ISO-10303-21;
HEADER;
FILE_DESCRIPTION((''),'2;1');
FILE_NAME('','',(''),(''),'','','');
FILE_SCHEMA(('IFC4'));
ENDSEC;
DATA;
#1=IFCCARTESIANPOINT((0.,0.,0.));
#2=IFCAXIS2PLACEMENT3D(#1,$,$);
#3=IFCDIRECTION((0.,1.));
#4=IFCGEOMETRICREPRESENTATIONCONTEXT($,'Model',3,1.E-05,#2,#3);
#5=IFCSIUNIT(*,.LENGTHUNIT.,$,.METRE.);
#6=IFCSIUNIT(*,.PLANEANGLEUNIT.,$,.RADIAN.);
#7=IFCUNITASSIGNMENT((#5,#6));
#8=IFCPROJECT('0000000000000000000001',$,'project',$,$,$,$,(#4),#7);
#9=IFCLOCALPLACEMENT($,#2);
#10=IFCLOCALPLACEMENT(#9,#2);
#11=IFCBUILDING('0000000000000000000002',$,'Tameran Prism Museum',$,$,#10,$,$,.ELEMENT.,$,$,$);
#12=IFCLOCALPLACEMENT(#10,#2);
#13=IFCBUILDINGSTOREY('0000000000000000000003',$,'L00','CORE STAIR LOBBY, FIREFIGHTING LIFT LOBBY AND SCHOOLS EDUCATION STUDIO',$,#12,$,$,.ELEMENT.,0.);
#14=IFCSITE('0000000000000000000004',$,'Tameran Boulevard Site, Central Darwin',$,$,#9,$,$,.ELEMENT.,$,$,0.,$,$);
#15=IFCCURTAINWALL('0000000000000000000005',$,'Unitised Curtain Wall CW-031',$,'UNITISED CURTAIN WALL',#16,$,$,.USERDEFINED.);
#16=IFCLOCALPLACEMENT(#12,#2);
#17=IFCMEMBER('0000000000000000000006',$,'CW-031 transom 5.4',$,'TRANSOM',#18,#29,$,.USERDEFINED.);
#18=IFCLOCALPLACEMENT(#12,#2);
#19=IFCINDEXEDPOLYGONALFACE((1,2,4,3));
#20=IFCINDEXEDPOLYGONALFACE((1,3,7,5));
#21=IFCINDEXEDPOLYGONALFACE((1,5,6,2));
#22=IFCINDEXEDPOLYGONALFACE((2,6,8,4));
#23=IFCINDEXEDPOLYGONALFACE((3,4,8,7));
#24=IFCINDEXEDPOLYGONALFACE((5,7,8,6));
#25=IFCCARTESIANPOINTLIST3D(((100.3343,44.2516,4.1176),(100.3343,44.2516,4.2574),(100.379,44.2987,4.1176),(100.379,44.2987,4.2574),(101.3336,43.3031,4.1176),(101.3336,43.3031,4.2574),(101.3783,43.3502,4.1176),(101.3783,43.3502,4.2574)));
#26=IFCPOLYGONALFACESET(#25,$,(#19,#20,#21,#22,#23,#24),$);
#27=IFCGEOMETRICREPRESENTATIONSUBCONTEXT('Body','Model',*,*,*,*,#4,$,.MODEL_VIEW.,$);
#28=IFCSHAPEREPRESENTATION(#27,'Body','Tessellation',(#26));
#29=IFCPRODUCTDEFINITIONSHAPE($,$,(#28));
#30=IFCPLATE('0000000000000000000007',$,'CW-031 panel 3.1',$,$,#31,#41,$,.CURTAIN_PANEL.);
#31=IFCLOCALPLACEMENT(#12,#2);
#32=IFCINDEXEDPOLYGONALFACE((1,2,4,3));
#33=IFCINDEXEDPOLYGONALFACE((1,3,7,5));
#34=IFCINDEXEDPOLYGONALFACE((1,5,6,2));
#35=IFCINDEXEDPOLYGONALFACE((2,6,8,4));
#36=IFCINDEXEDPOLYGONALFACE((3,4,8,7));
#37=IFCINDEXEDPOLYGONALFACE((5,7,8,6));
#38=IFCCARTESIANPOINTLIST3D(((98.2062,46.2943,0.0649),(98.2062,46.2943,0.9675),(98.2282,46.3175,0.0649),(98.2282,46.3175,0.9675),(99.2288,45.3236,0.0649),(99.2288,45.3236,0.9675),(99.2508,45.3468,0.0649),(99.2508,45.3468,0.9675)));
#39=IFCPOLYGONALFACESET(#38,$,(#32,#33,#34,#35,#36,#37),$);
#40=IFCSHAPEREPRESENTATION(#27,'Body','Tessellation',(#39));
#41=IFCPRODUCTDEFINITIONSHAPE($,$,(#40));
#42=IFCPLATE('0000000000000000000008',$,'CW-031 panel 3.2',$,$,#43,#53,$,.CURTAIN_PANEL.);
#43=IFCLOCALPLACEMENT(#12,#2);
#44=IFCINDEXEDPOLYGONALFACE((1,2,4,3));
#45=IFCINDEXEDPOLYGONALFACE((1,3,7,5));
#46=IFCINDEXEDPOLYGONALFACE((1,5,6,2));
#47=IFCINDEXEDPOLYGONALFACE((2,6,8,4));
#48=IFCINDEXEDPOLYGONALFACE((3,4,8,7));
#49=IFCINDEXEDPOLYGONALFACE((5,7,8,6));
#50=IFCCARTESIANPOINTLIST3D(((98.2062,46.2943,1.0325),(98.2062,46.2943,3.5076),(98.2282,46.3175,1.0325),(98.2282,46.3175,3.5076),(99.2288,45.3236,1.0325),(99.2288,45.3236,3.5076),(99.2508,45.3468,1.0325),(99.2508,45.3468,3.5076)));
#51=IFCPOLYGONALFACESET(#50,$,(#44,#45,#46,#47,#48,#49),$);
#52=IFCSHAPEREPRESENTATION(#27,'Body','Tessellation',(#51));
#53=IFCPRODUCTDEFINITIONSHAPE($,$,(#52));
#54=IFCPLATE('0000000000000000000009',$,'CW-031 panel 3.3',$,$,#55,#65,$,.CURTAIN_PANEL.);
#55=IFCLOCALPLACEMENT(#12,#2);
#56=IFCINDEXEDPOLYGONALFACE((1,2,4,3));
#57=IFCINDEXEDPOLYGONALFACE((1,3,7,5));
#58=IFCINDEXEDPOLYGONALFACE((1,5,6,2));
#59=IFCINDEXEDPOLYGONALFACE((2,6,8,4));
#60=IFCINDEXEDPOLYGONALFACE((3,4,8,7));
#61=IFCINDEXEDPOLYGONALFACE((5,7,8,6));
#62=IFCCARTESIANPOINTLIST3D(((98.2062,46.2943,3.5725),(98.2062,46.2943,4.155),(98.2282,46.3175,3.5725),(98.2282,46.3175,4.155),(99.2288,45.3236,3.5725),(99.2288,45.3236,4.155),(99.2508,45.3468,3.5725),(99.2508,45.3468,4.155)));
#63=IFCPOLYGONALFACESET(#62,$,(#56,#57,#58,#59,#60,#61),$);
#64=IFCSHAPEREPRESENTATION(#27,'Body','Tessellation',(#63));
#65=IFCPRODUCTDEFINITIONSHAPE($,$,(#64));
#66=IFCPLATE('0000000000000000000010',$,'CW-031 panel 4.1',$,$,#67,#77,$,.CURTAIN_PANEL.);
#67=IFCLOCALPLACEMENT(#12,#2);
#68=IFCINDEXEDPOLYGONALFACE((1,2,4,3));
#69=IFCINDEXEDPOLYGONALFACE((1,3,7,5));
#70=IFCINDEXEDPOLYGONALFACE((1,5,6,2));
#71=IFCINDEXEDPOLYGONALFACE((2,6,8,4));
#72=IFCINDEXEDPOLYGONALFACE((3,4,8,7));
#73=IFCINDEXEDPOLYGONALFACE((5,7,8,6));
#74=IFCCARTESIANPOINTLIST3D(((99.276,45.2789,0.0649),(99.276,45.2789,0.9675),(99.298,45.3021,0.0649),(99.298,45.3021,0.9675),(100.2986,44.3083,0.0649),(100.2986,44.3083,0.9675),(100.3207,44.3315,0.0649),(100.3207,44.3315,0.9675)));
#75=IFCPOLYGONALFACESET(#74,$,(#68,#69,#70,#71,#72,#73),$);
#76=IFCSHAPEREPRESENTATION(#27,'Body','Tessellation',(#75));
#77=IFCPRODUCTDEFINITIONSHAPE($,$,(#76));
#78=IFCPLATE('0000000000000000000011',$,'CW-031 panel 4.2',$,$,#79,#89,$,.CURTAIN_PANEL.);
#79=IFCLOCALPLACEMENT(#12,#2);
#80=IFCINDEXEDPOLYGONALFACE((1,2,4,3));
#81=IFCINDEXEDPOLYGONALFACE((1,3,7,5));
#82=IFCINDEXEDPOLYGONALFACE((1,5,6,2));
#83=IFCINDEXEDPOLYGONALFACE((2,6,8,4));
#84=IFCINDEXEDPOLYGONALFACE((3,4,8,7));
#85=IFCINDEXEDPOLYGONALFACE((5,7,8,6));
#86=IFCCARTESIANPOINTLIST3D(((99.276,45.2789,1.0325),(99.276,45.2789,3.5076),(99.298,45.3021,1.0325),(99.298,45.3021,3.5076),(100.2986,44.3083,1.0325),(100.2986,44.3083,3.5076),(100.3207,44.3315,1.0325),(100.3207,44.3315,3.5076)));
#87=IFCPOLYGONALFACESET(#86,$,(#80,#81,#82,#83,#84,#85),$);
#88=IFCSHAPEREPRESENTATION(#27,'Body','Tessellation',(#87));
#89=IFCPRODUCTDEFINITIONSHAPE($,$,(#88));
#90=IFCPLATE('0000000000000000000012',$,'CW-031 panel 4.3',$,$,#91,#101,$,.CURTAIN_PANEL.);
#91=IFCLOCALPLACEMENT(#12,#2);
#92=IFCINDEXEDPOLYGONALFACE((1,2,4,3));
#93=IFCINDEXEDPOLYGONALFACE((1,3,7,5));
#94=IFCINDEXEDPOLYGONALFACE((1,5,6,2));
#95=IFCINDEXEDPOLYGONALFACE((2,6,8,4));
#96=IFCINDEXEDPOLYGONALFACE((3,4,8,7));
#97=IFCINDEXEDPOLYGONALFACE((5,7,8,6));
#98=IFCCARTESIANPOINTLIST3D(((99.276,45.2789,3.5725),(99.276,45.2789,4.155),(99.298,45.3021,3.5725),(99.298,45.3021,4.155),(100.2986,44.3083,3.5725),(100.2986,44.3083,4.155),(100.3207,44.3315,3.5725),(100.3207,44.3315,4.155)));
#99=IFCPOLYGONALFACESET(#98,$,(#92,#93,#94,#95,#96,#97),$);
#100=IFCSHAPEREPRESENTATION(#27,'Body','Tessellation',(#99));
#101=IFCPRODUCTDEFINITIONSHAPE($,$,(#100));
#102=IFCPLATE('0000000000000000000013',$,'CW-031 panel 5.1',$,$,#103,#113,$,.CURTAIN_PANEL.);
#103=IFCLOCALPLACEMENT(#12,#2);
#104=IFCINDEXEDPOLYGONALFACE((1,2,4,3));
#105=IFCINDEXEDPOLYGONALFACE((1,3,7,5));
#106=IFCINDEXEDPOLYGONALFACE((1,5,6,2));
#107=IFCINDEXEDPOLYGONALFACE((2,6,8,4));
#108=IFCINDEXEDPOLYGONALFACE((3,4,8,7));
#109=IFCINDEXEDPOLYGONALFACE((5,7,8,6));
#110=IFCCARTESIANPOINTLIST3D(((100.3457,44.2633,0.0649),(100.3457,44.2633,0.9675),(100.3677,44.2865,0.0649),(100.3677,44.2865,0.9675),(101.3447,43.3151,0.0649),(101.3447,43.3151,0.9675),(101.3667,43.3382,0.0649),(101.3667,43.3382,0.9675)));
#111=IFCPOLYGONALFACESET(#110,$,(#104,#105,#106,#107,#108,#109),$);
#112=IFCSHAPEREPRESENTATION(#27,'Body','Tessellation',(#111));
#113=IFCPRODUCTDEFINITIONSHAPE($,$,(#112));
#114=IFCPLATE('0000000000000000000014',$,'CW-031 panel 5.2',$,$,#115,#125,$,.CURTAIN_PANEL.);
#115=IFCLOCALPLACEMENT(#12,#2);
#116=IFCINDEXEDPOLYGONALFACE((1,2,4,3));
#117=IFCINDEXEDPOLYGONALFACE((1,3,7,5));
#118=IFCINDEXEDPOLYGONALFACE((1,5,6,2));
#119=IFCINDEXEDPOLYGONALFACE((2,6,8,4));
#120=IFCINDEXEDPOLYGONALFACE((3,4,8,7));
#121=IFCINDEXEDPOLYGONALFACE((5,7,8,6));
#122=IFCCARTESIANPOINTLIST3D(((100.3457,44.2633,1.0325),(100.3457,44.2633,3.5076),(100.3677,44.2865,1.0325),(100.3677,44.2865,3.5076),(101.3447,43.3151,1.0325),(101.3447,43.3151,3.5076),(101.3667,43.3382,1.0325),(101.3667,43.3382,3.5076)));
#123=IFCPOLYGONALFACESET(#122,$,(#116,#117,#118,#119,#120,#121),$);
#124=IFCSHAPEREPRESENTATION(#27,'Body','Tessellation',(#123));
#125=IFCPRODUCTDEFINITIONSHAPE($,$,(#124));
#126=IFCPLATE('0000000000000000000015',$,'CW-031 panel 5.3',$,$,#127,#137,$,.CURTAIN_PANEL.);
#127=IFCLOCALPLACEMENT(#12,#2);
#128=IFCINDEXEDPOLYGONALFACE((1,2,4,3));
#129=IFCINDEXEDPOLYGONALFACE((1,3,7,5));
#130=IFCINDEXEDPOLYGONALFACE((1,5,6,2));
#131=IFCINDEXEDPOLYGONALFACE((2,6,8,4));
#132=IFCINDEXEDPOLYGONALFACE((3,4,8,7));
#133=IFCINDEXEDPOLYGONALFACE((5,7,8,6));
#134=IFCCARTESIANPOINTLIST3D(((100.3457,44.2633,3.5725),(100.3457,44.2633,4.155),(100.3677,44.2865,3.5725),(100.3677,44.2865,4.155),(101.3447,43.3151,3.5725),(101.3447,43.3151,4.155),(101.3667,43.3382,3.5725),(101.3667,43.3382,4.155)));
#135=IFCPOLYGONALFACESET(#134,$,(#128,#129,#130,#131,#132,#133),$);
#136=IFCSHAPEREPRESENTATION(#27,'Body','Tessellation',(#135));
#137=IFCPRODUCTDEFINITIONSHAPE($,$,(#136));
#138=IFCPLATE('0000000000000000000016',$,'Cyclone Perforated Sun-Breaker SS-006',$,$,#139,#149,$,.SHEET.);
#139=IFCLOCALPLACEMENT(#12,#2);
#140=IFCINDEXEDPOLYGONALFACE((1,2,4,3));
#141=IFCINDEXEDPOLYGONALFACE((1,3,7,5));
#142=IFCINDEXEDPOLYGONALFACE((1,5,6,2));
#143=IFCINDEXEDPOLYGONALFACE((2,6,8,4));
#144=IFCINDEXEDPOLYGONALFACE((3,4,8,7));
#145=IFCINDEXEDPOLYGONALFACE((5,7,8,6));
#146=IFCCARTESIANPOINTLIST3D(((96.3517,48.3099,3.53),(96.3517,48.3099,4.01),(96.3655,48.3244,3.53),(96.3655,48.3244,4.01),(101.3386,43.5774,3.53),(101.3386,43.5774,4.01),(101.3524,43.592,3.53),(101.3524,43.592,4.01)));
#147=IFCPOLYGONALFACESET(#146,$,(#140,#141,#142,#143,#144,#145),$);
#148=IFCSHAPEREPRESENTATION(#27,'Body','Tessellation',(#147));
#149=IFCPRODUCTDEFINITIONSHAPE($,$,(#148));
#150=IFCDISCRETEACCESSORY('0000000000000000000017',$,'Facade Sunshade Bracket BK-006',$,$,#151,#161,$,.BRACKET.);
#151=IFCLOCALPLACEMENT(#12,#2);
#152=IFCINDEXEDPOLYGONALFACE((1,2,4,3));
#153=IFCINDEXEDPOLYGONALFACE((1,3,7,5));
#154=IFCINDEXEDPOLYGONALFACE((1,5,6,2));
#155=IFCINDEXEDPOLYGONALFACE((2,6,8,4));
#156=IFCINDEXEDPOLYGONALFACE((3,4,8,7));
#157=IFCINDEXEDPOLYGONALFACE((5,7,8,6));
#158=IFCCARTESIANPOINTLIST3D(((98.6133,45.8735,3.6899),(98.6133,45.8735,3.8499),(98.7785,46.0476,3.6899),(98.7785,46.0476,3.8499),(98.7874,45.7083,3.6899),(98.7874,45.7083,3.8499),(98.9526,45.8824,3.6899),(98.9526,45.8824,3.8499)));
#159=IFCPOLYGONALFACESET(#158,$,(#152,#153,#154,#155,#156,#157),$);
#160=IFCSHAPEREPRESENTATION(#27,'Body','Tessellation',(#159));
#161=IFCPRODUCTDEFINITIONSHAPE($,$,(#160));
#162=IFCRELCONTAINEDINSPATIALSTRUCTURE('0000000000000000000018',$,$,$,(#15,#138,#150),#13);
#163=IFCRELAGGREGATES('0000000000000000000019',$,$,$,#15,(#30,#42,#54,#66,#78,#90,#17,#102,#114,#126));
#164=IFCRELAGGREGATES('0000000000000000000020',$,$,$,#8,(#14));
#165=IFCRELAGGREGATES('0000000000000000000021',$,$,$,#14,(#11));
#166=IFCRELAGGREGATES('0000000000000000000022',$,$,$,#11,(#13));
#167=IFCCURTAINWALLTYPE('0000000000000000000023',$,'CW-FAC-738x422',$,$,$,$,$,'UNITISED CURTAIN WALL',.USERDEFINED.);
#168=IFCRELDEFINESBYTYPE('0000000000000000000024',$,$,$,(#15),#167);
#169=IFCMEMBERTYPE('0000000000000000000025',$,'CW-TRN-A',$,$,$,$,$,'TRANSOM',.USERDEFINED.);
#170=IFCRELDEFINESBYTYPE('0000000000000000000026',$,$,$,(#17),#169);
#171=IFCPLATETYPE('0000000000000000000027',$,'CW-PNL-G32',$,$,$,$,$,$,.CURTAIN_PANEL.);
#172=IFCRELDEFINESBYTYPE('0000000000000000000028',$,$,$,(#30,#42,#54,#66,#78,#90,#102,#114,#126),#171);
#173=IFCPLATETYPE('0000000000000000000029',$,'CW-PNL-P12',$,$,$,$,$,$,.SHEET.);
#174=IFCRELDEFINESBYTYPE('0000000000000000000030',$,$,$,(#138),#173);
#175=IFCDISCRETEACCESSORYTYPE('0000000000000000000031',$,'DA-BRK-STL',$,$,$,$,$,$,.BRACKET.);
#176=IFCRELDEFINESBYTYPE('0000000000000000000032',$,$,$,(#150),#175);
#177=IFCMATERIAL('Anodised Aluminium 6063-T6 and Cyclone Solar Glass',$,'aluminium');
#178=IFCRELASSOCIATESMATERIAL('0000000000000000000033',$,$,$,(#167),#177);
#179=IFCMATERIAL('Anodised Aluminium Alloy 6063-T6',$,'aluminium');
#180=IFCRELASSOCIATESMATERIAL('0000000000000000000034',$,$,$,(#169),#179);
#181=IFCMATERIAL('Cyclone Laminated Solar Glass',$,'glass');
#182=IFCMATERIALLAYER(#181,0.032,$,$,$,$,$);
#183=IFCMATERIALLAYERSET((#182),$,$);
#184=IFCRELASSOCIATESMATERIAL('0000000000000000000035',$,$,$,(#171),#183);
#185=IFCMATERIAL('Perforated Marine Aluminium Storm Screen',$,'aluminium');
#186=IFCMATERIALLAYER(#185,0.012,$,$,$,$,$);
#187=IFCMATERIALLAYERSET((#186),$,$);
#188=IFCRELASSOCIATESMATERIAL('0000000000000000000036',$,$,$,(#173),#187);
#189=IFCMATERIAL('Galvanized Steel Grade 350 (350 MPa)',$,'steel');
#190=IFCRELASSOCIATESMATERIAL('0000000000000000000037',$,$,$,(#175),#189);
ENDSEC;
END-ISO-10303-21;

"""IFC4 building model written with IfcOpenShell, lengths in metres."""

from ifc_helpers import new_model, si_unit, direction, frame, origin, origin_2d, place, context, subcontext, project, spatial, rectangle, extrude, material, layer, layer_set, material_profile, profile_set, type_object, element, aggregate, save


model = new_model("IFC4")

# Units and contexts
model_context = context("Model", 3, precision=1e-05, world=origin(), true_north=direction((0.0, 1.0)))
body_context = subcontext(model_context, "Body", "Model", "MODEL_VIEW")
ifc_project = project(units=[si_unit("LENGTHUNIT", "METRE"), si_unit("PLANEANGLEUNIT", "RADIAN")], contexts=[model_context])

# Site, building, storey
site_placement = place(None, origin())
site = spatial("IfcSite", under=ifc_project, at=site_placement, Name="Tameran Boulevard Site, Central Darwin", CompositionType="ELEMENT", RefElevation=0.0)
building_placement = place(site_placement, origin())
building = spatial("IfcBuilding", under=site, at=building_placement, Name="Tameran Prism Museum", CompositionType="ELEMENT")
storey_placement = place(building_placement, origin())
storey = spatial("IfcBuildingStorey", under=building, at=storey_placement, Name="L00", Description="CORE STAIR LOBBY, FIREFIGHTING LIFT LOBBY AND SCHOOLS EDUCATION STUDIO", CompositionType="ELEMENT", Elevation=0.0)

# Curtain wall, member, plates
ifc_material_1 = material(Name="Anodised Aluminium 6063-T6 and Cyclone Solar Glass", Category="aluminium")
curtain_wall_type = type_object("IfcCurtainWallType", Name="CW-FAC-738x422", ElementType="UNITISED CURTAIN WALL", PredefinedType="USERDEFINED", material=ifc_material_1)
curtain_wall_placement = place(storey_placement, origin())
curtain_wall = element("IfcCurtainWall", 1, at=curtain_wall_placement, inside=storey, type_object=curtain_wall_type, Name="Unitised Curtain Wall CW-031", ObjectType="UNITISED CURTAIN WALL", PredefinedType="USERDEFINED")
ifc_material_2 = material(Name="Anodised Aluminium Alloy 6063-T6", Category="aluminium")
ifc_material_profile_1 = material_profile(ifc_material_2, rectangle(XDim=0.0649, YDim=0.1399, at=origin_2d()))
ifc_profile_set_1 = profile_set([ifc_material_profile_1])
member_type_1 = type_object("IfcMemberType", Name="CW-TRN-A", ElementType="TRANSOM", PredefinedType="USERDEFINED", material=ifc_profile_set_1)
member_1_placement = place(storey_placement, frame((100.3567, 44.2751, 4.1875), z_axis=(0.725296, -0.688437, 0.0), x_axis=(0.688437, 0.725296, 0.0)))
member_1 = element("IfcMember", 2, at=member_1_placement, type_object=member_type_1, Name="CW-031 transom 5.4", ObjectType="TRANSOM", PredefinedType="USERDEFINED", context=body_context, shape_type="SweptSolid", body=[
    extrude(rectangle(XDim=0.0649, YDim=0.1399, at=origin_2d()), origin(), (0.0, 0.0, 1.0), 1.3777),
])
ifc_material_3 = material(Name="Cyclone Laminated Solar Glass", Category="glass")
ifc_layer_1 = layer(ifc_material_3, 0.032)
ifc_layer_set_1 = layer_set([ifc_layer_1])
plate_type_1 = type_object("IfcPlateType", Name="CW-PNL-G32", PredefinedType="CURTAIN_PANEL", material=ifc_layer_set_1)
plate_1_placement = place(storey_placement, frame((98.7285, 45.8206, 0.0649), z_axis=(0.0, 0.0, 1.0), x_axis=(0.725307, -0.688425, 0.0)))
plate_1 = element("IfcPlate", 3, at=plate_1_placement, type_object=plate_type_1, Name="CW-031 panel 3.1", PredefinedType="CURTAIN_PANEL", context=body_context, shape_type="SweptSolid", body=[
    extrude(rectangle(XDim=1.4099, YDim=0.032, at=origin_2d()), origin(), (0.0, 0.0, 1.0), 0.9026),
])
plate_2_placement = place(storey_placement, frame((98.7285, 45.8206, 1.0325), z_axis=(0.0, 0.0, 1.0), x_axis=(0.725307, -0.688425, 0.0)))
plate_2 = element("IfcPlate", 4, at=plate_2_placement, type_object=plate_type_1, Name="CW-031 panel 3.2", PredefinedType="CURTAIN_PANEL", context=body_context, shape_type="SweptSolid", body=[
    extrude(rectangle(XDim=1.4099, YDim=0.032, at=origin_2d()), origin(), (0.0, 0.0, 1.0), 2.4751),
])
plate_3_placement = place(storey_placement, frame((98.7285, 45.8206, 3.5725), z_axis=(0.0, 0.0, 1.0), x_axis=(0.725307, -0.688425, 0.0)))
plate_3 = element("IfcPlate", 5, at=plate_3_placement, type_object=plate_type_1, Name="CW-031 panel 3.3", PredefinedType="CURTAIN_PANEL", context=body_context, shape_type="SweptSolid", body=[
    extrude(rectangle(XDim=1.4099, YDim=0.032, at=origin_2d()), origin(), (0.0, 0.0, 1.0), 0.5825),
])
plate_4_placement = place(storey_placement, frame((99.7983, 44.8052, 0.0649), z_axis=(0.0, 0.0, 1.0), x_axis=(0.725307, -0.688425, 0.0)))
plate_4 = element("IfcPlate", 6, at=plate_4_placement, type_object=plate_type_1, Name="CW-031 panel 4.1", PredefinedType="CURTAIN_PANEL", context=body_context, shape_type="SweptSolid", body=[
    extrude(rectangle(XDim=1.4099, YDim=0.032, at=origin_2d()), origin(), (0.0, 0.0, 1.0), 0.9026),
])
plate_5_placement = place(storey_placement, frame((99.7983, 44.8052, 1.0325), z_axis=(0.0, 0.0, 1.0), x_axis=(0.725307, -0.688425, 0.0)))
plate_5 = element("IfcPlate", 7, at=plate_5_placement, type_object=plate_type_1, Name="CW-031 panel 4.2", PredefinedType="CURTAIN_PANEL", context=body_context, shape_type="SweptSolid", body=[
    extrude(rectangle(XDim=1.4099, YDim=0.032, at=origin_2d()), origin(), (0.0, 0.0, 1.0), 2.4751),
])
plate_6_placement = place(storey_placement, frame((99.7983, 44.8052, 3.5725), z_axis=(0.0, 0.0, 1.0), x_axis=(0.725307, -0.688425, 0.0)))
plate_6 = element("IfcPlate", 8, at=plate_6_placement, type_object=plate_type_1, Name="CW-031 panel 4.3", PredefinedType="CURTAIN_PANEL", context=body_context, shape_type="SweptSolid", body=[
    extrude(rectangle(XDim=1.4099, YDim=0.032, at=origin_2d()), origin(), (0.0, 0.0, 1.0), 0.5825),
])
plate_7_placement = place(storey_placement, frame((100.8562, 43.8008, 0.0649), z_axis=(0.0, 0.0, 1.0), x_axis=(0.725307, -0.688425, 0.0)))
plate_7 = element("IfcPlate", 9, at=plate_7_placement, type_object=plate_type_1, Name="CW-031 panel 5.1", PredefinedType="CURTAIN_PANEL", context=body_context, shape_type="SweptSolid", body=[
    extrude(rectangle(XDim=1.3774, YDim=0.032, at=origin_2d()), origin(), (0.0, 0.0, 1.0), 0.9026),
])
plate_8_placement = place(storey_placement, frame((100.8562, 43.8008, 1.0325), z_axis=(0.0, 0.0, 1.0), x_axis=(0.725307, -0.688425, 0.0)))
plate_8 = element("IfcPlate", 10, at=plate_8_placement, type_object=plate_type_1, Name="CW-031 panel 5.2", PredefinedType="CURTAIN_PANEL", context=body_context, shape_type="SweptSolid", body=[
    extrude(rectangle(XDim=1.3774, YDim=0.032, at=origin_2d()), origin(), (0.0, 0.0, 1.0), 2.4751),
])
plate_9_placement = place(storey_placement, frame((100.8562, 43.8008, 3.5725), z_axis=(0.0, 0.0, 1.0), x_axis=(0.725307, -0.688425, 0.0)))
plate_9 = element("IfcPlate", 11, at=plate_9_placement, type_object=plate_type_1, Name="CW-031 panel 5.3", PredefinedType="CURTAIN_PANEL", context=body_context, shape_type="SweptSolid", body=[
    extrude(rectangle(XDim=1.3774, YDim=0.032, at=origin_2d()), origin(), (0.0, 0.0, 1.0), 0.5825),
])
aggregate(curtain_wall, [plate_1, plate_2, plate_3, plate_4, plate_5, plate_6, member_1, plate_7, plate_8, plate_9])

# Plate
ifc_material_4 = material(Name="Perforated Marine Aluminium Storm Screen", Category="aluminium")
ifc_layer_2 = layer(ifc_material_4, 0.012)
ifc_layer_set_2 = layer_set([ifc_layer_2])
plate_type_2 = type_object("IfcPlateType", Name="CW-PNL-P12", PredefinedType="SHEET", material=ifc_layer_set_2)
plate_10_placement = place(storey_placement, frame((98.8521, 45.9509, 3.53), z_axis=(0.0, 0.0, 1.0), x_axis=(0.725374, -0.688355, 0.0)))
element("IfcPlate", 12, at=plate_10_placement, inside=storey, type_object=plate_type_2, Name="Cyclone Perforated Sun-Breaker SS-006", PredefinedType="SHEET", context=body_context, shape_type="SweptSolid", body=[
    extrude(rectangle(XDim=6.875, YDim=0.02, at=origin_2d()), origin(), (0.0, 0.0, 1.0), 0.48),
])

# Discrete accessory
ifc_material_5 = material(Name="Galvanized Steel Grade 350 (350 MPa)", Category="steel")
discrete_accessory_type = type_object("IfcDiscreteAccessoryType", Name="DA-BRK-STL", PredefinedType="BRACKET", material=ifc_material_5)
discrete_accessory_placement = place(storey_placement, frame((98.783, 45.8779, 3.6899), z_axis=(0.0, 0.0, 1.0), x_axis=(0.725374, -0.688355, 0.0)))
element("IfcDiscreteAccessory", 13, at=discrete_accessory_placement, inside=storey, type_object=discrete_accessory_type, Name="Facade Sunshade Bracket BK-006", PredefinedType="BRACKET", context=body_context, shape_type="SweptSolid", body=[
    extrude(rectangle(XDim=0.24, YDim=0.24, at=origin_2d()), origin(), (0.0, 0.0, 1.0), 0.1599),
])

save(model, "model.ifc")
